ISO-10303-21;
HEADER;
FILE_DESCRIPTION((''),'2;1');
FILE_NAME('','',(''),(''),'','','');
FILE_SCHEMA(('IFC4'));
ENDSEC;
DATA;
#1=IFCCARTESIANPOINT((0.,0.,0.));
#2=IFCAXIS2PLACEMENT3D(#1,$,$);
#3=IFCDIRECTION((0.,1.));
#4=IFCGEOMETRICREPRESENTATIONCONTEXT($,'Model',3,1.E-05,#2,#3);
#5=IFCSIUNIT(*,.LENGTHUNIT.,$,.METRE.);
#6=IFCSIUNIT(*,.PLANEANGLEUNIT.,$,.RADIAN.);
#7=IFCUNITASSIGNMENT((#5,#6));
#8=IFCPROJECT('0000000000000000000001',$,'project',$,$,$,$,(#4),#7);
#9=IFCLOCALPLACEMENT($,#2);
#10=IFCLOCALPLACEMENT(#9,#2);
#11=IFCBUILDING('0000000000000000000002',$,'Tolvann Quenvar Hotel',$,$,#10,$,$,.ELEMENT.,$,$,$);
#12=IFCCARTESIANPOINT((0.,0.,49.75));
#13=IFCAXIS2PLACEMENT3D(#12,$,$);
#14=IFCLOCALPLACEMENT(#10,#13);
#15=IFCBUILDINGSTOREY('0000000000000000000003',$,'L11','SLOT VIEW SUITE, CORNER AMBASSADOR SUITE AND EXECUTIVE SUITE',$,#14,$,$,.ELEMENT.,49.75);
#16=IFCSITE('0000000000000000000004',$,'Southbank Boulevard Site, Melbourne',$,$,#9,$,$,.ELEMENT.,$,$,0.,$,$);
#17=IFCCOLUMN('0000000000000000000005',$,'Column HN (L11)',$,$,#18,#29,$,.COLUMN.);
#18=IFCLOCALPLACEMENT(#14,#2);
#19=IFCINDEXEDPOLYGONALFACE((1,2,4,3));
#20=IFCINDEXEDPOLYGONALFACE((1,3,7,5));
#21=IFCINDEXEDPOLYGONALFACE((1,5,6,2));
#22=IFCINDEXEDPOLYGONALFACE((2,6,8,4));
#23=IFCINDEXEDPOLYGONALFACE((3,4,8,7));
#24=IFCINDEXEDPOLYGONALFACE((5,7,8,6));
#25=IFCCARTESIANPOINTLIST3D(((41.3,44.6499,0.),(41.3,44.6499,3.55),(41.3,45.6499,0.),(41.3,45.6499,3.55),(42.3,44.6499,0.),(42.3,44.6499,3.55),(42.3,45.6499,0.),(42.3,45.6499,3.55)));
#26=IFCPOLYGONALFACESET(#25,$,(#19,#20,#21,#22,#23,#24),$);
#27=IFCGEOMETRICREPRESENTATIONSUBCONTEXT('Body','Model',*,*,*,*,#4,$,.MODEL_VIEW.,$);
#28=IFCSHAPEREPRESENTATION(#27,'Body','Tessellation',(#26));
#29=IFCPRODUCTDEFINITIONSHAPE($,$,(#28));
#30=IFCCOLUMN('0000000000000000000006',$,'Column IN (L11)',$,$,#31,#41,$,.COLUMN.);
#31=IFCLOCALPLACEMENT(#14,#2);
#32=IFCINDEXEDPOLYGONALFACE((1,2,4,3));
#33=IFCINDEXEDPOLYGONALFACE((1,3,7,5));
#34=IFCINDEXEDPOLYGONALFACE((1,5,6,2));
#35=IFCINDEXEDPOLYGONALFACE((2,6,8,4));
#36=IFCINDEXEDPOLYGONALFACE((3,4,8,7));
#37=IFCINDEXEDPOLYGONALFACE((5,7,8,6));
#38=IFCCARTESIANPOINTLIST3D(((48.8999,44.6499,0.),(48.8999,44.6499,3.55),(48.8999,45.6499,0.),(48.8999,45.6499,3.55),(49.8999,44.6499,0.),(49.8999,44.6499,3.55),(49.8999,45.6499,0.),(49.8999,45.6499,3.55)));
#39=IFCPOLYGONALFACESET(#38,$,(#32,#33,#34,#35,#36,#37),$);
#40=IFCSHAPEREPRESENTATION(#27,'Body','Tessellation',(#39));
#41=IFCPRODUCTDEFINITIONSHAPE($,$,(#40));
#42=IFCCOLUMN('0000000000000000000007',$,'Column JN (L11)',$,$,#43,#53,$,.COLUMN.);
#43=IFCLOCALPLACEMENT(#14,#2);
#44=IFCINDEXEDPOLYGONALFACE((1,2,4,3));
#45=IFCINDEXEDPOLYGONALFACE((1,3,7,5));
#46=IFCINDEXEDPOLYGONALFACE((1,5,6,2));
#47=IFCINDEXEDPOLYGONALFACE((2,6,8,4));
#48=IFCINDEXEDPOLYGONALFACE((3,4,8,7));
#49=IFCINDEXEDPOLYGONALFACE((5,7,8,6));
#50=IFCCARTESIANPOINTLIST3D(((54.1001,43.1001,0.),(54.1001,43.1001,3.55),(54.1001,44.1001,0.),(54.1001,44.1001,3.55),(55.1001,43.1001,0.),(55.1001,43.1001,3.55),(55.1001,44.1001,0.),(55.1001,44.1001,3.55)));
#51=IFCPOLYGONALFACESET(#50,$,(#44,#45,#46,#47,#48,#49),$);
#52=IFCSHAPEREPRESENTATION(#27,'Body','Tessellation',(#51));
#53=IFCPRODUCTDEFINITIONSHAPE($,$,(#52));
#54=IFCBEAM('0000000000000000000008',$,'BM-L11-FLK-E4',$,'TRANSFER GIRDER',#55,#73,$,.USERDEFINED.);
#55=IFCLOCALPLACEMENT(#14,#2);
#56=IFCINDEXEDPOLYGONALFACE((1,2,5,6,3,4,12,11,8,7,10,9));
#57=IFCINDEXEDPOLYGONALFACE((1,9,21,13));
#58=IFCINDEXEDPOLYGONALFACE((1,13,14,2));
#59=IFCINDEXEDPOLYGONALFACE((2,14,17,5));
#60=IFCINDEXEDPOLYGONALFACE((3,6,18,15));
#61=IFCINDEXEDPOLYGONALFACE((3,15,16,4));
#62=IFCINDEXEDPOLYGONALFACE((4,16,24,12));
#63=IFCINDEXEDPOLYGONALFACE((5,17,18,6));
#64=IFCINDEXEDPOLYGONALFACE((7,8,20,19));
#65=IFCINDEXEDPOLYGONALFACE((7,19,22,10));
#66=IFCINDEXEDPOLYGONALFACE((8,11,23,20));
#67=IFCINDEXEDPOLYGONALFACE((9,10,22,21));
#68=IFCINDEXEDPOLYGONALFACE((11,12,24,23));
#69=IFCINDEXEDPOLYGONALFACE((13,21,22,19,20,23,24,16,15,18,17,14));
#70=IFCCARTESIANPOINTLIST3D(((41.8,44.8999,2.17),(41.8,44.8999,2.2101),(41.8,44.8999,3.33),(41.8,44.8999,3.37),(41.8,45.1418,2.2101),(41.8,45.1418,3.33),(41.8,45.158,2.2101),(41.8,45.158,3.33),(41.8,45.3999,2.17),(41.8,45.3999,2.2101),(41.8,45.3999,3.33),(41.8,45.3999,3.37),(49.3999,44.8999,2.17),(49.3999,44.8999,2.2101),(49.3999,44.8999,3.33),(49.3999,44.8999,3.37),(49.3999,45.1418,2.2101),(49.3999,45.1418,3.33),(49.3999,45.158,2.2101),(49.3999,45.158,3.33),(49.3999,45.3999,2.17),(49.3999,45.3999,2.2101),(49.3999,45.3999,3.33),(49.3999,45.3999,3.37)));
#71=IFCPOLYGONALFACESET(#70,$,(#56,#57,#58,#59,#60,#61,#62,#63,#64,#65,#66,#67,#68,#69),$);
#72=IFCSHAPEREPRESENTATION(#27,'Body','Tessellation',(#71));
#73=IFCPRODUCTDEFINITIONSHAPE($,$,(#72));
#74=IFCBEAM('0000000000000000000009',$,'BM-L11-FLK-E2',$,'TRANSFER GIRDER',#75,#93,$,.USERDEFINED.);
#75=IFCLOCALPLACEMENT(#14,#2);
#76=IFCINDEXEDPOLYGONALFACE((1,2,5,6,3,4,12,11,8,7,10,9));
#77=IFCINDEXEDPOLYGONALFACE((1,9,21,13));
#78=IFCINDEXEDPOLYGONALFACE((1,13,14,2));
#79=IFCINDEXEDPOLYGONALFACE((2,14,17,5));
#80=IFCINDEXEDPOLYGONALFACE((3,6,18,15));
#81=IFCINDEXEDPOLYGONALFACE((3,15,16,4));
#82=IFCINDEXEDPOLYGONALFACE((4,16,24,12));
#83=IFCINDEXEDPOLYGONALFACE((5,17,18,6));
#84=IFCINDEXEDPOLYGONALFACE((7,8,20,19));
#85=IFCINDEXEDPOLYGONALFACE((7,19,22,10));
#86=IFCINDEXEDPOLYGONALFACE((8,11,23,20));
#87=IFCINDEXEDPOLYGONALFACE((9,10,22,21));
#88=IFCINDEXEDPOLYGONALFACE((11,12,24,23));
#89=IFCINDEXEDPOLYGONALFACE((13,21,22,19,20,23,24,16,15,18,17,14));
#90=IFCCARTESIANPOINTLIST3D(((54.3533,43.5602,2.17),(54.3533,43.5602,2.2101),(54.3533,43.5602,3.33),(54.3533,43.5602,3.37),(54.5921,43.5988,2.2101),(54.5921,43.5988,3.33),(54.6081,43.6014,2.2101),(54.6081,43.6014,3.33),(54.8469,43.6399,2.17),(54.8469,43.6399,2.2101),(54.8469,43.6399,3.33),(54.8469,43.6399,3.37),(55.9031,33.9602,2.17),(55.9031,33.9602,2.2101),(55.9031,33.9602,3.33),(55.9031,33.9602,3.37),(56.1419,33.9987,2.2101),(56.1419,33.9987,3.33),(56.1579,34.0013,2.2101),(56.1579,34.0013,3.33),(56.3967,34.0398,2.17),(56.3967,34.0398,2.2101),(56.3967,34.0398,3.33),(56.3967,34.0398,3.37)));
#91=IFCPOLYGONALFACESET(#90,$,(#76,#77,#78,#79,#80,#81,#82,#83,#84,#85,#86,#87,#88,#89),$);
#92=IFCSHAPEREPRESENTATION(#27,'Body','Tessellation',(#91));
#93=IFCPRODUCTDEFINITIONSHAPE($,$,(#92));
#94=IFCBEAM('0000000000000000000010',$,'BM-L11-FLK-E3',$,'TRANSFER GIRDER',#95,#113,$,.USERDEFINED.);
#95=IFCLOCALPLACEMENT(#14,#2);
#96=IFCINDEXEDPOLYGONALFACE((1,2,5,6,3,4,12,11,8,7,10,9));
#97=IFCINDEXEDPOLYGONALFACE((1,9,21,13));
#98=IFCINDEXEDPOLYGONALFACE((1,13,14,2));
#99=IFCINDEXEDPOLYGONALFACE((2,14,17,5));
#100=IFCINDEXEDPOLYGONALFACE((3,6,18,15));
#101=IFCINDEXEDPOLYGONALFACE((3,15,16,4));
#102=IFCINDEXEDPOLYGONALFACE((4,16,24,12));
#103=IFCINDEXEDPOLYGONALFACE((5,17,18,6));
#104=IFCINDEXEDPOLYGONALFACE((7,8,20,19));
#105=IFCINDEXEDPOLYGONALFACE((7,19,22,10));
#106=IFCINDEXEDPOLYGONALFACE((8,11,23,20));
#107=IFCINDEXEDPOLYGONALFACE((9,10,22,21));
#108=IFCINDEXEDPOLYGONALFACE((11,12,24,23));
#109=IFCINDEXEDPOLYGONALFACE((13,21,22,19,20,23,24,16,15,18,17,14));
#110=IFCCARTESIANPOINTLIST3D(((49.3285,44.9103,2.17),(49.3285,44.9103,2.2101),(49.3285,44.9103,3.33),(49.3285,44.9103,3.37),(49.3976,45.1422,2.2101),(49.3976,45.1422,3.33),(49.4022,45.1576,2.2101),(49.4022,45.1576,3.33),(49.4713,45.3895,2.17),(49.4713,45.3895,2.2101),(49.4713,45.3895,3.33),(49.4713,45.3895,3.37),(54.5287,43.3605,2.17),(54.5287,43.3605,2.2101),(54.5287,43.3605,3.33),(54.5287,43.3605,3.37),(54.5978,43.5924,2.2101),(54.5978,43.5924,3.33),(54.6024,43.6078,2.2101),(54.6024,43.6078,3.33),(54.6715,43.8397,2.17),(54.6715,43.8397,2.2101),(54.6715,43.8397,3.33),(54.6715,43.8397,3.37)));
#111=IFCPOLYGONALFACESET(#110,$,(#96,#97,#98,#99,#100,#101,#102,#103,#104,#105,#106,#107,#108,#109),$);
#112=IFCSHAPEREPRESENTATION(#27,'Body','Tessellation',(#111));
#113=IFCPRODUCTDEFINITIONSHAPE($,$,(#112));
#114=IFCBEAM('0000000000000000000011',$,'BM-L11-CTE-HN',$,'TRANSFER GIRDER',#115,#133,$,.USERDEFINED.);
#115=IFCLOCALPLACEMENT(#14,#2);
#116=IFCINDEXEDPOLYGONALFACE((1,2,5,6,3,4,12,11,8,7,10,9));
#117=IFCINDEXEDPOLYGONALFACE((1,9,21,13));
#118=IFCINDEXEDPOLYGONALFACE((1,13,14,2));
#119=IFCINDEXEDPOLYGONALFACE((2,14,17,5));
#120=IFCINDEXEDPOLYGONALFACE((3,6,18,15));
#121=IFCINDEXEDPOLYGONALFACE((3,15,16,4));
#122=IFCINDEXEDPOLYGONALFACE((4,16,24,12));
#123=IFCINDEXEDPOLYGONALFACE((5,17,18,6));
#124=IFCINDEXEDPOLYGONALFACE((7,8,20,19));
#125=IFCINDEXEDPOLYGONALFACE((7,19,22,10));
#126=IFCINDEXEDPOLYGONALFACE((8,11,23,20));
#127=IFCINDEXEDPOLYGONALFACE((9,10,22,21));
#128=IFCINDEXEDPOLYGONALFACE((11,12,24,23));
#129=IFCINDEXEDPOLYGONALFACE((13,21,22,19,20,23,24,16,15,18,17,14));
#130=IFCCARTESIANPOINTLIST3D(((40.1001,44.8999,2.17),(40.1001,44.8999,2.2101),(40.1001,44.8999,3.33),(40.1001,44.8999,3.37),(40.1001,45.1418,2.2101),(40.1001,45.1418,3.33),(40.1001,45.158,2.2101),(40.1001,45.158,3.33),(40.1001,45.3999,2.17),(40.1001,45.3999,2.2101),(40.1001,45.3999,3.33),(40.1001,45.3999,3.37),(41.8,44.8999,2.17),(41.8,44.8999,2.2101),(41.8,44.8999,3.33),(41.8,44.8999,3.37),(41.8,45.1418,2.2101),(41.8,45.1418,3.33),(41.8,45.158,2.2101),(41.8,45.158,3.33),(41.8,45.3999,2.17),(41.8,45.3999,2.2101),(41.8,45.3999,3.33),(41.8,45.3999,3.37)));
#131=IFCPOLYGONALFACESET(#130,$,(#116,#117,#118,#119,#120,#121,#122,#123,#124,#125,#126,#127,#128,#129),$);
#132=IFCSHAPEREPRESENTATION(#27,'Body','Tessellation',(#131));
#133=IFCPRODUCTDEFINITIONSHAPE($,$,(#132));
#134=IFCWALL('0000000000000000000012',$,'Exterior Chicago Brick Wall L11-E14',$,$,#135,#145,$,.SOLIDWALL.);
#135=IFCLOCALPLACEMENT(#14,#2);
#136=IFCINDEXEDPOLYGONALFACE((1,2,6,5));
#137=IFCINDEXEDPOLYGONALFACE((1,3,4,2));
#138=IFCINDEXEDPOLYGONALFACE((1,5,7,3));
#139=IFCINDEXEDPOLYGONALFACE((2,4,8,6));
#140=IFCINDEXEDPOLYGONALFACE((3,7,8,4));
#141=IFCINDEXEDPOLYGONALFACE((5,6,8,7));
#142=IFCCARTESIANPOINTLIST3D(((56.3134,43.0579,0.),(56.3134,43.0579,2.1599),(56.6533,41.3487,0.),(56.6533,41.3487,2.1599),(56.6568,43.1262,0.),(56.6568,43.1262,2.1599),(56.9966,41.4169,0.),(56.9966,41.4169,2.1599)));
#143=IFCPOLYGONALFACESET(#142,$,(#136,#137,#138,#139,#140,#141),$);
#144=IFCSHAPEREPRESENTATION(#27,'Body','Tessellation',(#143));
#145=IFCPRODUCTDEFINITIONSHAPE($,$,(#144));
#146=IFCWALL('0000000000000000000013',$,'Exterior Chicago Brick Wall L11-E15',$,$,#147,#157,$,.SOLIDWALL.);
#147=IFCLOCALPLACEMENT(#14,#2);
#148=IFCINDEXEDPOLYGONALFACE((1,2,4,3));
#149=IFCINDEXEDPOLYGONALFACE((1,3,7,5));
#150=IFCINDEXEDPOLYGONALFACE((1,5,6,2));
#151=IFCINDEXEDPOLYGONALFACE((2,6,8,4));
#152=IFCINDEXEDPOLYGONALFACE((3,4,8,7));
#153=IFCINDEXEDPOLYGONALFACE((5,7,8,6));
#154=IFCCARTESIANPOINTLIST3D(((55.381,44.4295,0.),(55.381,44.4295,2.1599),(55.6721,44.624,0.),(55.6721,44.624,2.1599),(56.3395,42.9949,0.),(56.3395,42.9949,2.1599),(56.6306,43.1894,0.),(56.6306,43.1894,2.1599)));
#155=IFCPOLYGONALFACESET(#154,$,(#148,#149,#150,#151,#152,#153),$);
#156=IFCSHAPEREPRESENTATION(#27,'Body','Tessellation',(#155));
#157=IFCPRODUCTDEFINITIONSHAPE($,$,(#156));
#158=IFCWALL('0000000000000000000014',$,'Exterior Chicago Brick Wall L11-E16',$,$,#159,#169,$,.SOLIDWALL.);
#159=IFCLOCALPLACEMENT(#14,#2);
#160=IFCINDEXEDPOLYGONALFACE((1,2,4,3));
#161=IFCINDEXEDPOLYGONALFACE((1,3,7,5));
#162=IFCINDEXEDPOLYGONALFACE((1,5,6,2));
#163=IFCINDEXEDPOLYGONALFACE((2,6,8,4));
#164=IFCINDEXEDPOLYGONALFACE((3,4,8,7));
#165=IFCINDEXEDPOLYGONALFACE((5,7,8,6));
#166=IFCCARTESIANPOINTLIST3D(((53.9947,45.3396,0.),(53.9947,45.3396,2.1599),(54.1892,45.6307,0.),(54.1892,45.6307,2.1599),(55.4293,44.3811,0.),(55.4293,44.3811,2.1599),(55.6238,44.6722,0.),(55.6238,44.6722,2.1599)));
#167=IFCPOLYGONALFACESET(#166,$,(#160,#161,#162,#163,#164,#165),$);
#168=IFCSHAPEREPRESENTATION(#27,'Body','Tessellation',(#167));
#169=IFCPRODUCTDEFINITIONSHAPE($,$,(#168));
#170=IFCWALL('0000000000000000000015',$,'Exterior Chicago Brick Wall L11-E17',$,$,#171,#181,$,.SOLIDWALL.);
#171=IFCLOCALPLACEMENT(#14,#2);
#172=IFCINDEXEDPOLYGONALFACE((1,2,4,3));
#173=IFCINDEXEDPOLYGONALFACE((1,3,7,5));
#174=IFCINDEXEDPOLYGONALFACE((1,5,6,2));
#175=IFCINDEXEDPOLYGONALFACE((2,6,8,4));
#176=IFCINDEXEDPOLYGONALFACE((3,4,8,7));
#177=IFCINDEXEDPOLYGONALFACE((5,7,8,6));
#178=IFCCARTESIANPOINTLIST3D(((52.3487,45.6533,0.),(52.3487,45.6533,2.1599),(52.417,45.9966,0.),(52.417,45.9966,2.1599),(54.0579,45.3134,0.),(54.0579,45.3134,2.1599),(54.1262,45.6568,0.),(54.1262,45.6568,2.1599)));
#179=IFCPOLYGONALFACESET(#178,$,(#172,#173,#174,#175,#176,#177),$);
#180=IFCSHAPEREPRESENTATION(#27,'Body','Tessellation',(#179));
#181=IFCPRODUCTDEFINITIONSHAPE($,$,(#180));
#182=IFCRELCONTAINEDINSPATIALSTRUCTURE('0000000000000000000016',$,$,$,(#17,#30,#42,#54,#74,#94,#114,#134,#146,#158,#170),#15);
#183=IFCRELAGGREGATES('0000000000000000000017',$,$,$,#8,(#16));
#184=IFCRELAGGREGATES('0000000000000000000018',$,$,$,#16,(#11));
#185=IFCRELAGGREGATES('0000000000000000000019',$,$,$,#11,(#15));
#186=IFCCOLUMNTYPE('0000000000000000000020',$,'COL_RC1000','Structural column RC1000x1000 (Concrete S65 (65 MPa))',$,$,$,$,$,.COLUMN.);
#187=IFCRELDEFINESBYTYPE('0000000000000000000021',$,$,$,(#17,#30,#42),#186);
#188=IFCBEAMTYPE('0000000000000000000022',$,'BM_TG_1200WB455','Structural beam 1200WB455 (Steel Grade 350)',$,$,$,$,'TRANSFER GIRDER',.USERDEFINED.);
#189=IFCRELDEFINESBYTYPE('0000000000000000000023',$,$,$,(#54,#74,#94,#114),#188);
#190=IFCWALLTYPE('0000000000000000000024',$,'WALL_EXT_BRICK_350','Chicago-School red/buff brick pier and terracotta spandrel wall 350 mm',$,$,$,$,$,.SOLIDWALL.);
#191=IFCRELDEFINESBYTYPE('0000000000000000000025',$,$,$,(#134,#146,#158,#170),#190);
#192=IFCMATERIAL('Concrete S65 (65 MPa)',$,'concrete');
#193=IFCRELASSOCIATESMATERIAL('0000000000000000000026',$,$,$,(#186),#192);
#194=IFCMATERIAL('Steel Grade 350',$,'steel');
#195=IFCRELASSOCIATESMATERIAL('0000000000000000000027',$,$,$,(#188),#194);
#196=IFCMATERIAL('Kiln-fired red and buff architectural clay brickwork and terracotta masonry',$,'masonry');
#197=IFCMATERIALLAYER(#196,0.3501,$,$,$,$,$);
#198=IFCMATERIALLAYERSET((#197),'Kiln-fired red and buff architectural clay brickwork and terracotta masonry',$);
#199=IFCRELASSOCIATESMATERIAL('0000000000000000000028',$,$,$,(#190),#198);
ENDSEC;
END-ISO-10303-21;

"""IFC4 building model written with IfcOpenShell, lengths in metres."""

from ifc_helpers import new_model, si_unit, direction, frame, frame_2d, origin, origin_2d, place, context, subcontext, project, spatial, rectangle, i_section, extrude, source, transform, mapped, material, layer, layer_set, material_profile, profile_set, type_object, type_shapes, element, save


model = new_model("IFC4")

# Units and contexts
model_context = context("Model", 3, precision=1e-05, world=origin(), true_north=direction((0.0, 1.0)))
body_context = subcontext(model_context, "Body", "Model", "MODEL_VIEW")
ifc_project = project(units=[si_unit("LENGTHUNIT", "METRE"), si_unit("PLANEANGLEUNIT", "RADIAN")], contexts=[model_context])

# Site, building, storey
site_placement = place(None, origin())
site = spatial("IfcSite", under=ifc_project, at=site_placement, Name="Southbank Boulevard Site, Melbourne", CompositionType="ELEMENT", RefElevation=0.0)
building_placement = place(site_placement, origin())
building = spatial("IfcBuilding", under=site, at=building_placement, Name="Tolvann Quenvar Hotel", CompositionType="ELEMENT")
storey_placement = place(building_placement, frame((0.0, 0.0, 49.75)))
storey = spatial("IfcBuildingStorey", under=building, at=storey_placement, Name="L11", Description="SLOT VIEW SUITE, CORNER AMBASSADOR SUITE AND EXECUTIVE SUITE", CompositionType="ELEMENT", Elevation=49.75)

# Columns
ifc_material_1 = material(Name="Concrete S65 (65 MPa)", Category="concrete")
ifc_material_profile_1 = material_profile(ifc_material_1, rectangle(XDim=1.0, YDim=1.0, at=origin_2d()), Name="RC1000x1000")
ifc_profile_set_1 = profile_set([ifc_material_profile_1], Name="Concrete S65 (65 MPa)")
column_type = type_object("IfcColumnType", Name="COL_RC1000", Description="Structural column RC1000x1000 (Concrete S65 (65 MPa))", PredefinedType="COLUMN", material=ifc_profile_set_1)
shared_shape_1 = source(origin(), body_context, "Body", "SweptSolid", [
    extrude(rectangle(XDim=1.0, YDim=1.0, at=origin_2d()), origin(), (0.0, 0.0, 1.0), 3.55),
])
type_shapes(column_type, [shared_shape_1])
for number, where, z_axis, x_axis, name in (
    (1, (41.8, 45.1499, 0.0), (0.0, 0.0, 1.0), (1.0, 0.0, 0.0), "Column HN (L11)"),
    (2, (49.3999, 45.1499, 0.0), (0.0, 0.0, 1.0), (1.0, 0.0, 0.0), "Column IN (L11)"),
    (3, (54.6001, 43.6001, 0.0), (0.0, 0.0, 1.0), (1.0, 0.0, 0.0), "Column JN (L11)"),
):
    element("IfcColumn", number, at=place(storey_placement, frame(where, z_axis=z_axis, x_axis=x_axis)), inside=storey, type_object=column_type, Name=name, PredefinedType="COLUMN", context=body_context, shape_type="MappedRepresentation", body=[
        mapped(shared_shape_1, transform((0.0, 0.0, 0.0), x_axis=(1.0, 0.0, 0.0), y_axis=(0.0, 1.0, 0.0), z_axis=(0.0, 0.0, 1.0), scale=1.0)),
    ])

# Beams
ifc_material_2 = material(Name="Steel Grade 350", Category="steel")
ifc_material_profile_2 = material_profile(ifc_material_2, i_section(OverallWidth=0.5, OverallDepth=1.2, WebThickness=0.0161, FlangeThickness=0.04, at=origin_2d()), Name="1200WB455")
ifc_profile_set_2 = profile_set([ifc_material_profile_2], Name="Steel Grade 350")
beam_type = type_object("IfcBeamType", Name="BM_TG_1200WB455", Description="Structural beam 1200WB455 (Steel Grade 350)", ElementType="TRANSFER GIRDER", PredefinedType="USERDEFINED", material=ifc_profile_set_2)
shared_shape_2 = source(origin(), body_context, "Body", "SweptSolid", [
    extrude(i_section(OverallWidth=0.5, OverallDepth=1.2, WebThickness=0.0161, FlangeThickness=0.04, at=origin_2d()), origin(), (0.0, 0.0, 1.0), 7.5999),
])
beam_1_placement = place(storey_placement, frame((49.3999, 45.1499, 2.77), z_axis=(-1.0, 0.0, 0.0), x_axis=(0.0, -1.0, 0.0)))
element("IfcBeam", 4, at=beam_1_placement, inside=storey, type_object=beam_type, Name="BM-L11-FLK-E4", ObjectType="TRANSFER GIRDER", PredefinedType="USERDEFINED", context=body_context, shape_type="MappedRepresentation", body=[
    mapped(shared_shape_2, transform((0.0, 0.0, 0.0), x_axis=(1.0, 0.0, 0.0), y_axis=(0.0, 1.0, 0.0), z_axis=(0.0, 0.0, 1.0), scale=1.0)),
])
shared_shape_3 = source(origin(), body_context, "Body", "SweptSolid", [
    extrude(i_section(OverallWidth=0.5, OverallDepth=1.2, WebThickness=0.0161, FlangeThickness=0.04, at=origin_2d()), origin(), (0.0, 0.0, 1.0), 9.7244),
])
beam_2_placement = place(storey_placement, frame((56.1499, 34.0, 2.77), z_axis=(-0.159373, 0.987218, 0.0), x_axis=(-0.987218, -0.159373, 0.0)))
element("IfcBeam", 5, at=beam_2_placement, inside=storey, type_object=beam_type, Name="BM-L11-FLK-E2", ObjectType="TRANSFER GIRDER", PredefinedType="USERDEFINED", context=body_context, shape_type="MappedRepresentation", body=[
    mapped(shared_shape_3, transform((0.0, 0.0, 0.0), x_axis=(1.0, 0.0, 0.0), y_axis=(0.0, 1.0, 0.0), z_axis=(0.0, 0.0, 1.0), scale=1.0)),
])
shared_shape_4 = source(origin(), body_context, "Body", "SweptSolid", [
    extrude(i_section(OverallWidth=0.5, OverallDepth=1.2, WebThickness=0.0161, FlangeThickness=0.04, at=origin_2d()), origin(), (0.0, 0.0, 1.0), 5.4263),
])
beam_3_placement = place(storey_placement, frame((54.6001, 43.6001, 2.77), z_axis=(-0.958345, 0.285614, 0.0), x_axis=(-0.285614, -0.958345, 0.0)))
element("IfcBeam", 6, at=beam_3_placement, inside=storey, type_object=beam_type, Name="BM-L11-FLK-E3", ObjectType="TRANSFER GIRDER", PredefinedType="USERDEFINED", context=body_context, shape_type="MappedRepresentation", body=[
    mapped(shared_shape_4, transform((0.0, 0.0, 0.0), x_axis=(1.0, 0.0, 0.0), y_axis=(0.0, 1.0, 0.0), z_axis=(0.0, 0.0, 1.0), scale=1.0)),
])
shared_shape_5 = source(origin(), body_context, "Body", "SweptSolid", [
    extrude(i_section(OverallWidth=0.5, OverallDepth=1.2, WebThickness=0.0161, FlangeThickness=0.04, at=origin_2d()), origin(), (0.0, 0.0, 1.0), 1.7),
])
type_shapes(beam_type, [shared_shape_2, shared_shape_3, shared_shape_4, shared_shape_5])
beam_4_placement = place(storey_placement, frame((40.1001, 45.1499, 2.77), z_axis=(1.0, 0.0, 0.0), x_axis=(0.0, 1.0, 0.0)))
element("IfcBeam", 7, at=beam_4_placement, inside=storey, type_object=beam_type, Name="BM-L11-CTE-HN", ObjectType="TRANSFER GIRDER", PredefinedType="USERDEFINED", context=body_context, shape_type="MappedRepresentation", body=[
    mapped(shared_shape_5, transform((0.0, 0.0, 0.0), x_axis=(1.0, 0.0, 0.0), y_axis=(0.0, 1.0, 0.0), z_axis=(0.0, 0.0, 1.0), scale=1.0)),
])

# Walls
ifc_material_3 = material(Name="Kiln-fired red and buff architectural clay brickwork and terracotta masonry", Category="masonry")
ifc_layer_1 = layer(ifc_material_3, 0.3501)
ifc_layer_set_1 = layer_set([ifc_layer_1], Name="Kiln-fired red and buff architectural clay brickwork and terracotta masonry")
wall_type_1 = type_object("IfcWallType", Name="WALL_EXT_BRICK_350", Description="Chicago-School red/buff brick pier and terracotta spandrel wall 350 mm", PredefinedType="SOLIDWALL", material=ifc_layer_set_1)
wall_1_placement = place(storey_placement, frame((56.825, 41.3828, 0.0), z_axis=(0.0, 0.0, 1.0), x_axis=(-0.195011, 0.980801, 0.0)))
element("IfcWall", 8, at=wall_1_placement, inside=storey, type_object=wall_type_1, Name="Exterior Chicago Brick Wall L11-E14", PredefinedType="SOLIDWALL", context=body_context, shape_type="SweptSolid", body=[
    extrude(rectangle(XDim=1.7427, YDim=0.3501, at=frame_2d((0.8713, 0.0))), origin(), (0.0, 0.0, 1.0), 2.1599),
])
for number, where, z_axis, x_axis, name in (
    (9, (56.4851, 43.092, 0.0), (0.0, 0.0, 1.0), (-0.555549, 0.831484, 0.0), "Exterior Chicago Brick Wall L11-E15"),
    (10, (55.5266, 44.5266, 0.0), (0.0, 0.0, 1.0), (-0.831484, 0.555549, 0.0), "Exterior Chicago Brick Wall L11-E16"),
):
    element("IfcWall", number, at=place(storey_placement, frame(where, z_axis=z_axis, x_axis=x_axis)), inside=storey, type_object=wall_type_1, Name=name, PredefinedType="SOLIDWALL", context=body_context, shape_type="SweptSolid", body=[
        extrude(rectangle(XDim=1.7253, YDim=0.3501, at=frame_2d((0.8628, 0.0))), origin(), (0.0, 0.0, 1.0), 2.1599),
    ])
wall_2_placement = place(storey_placement, frame((54.092, 45.4851, 0.0), z_axis=(0.0, 0.0, 1.0), x_axis=(-0.980801, 0.195011, 0.0)))
element("IfcWall", 11, at=wall_2_placement, inside=storey, type_object=wall_type_1, Name="Exterior Chicago Brick Wall L11-E17", PredefinedType="SOLIDWALL", context=body_context, shape_type="SweptSolid", body=[
    extrude(rectangle(XDim=1.7427, YDim=0.3501, at=frame_2d((0.8713, 0.0))), origin(), (0.0, 0.0, 1.0), 2.1599),
])

save(model, "model.ifc")
